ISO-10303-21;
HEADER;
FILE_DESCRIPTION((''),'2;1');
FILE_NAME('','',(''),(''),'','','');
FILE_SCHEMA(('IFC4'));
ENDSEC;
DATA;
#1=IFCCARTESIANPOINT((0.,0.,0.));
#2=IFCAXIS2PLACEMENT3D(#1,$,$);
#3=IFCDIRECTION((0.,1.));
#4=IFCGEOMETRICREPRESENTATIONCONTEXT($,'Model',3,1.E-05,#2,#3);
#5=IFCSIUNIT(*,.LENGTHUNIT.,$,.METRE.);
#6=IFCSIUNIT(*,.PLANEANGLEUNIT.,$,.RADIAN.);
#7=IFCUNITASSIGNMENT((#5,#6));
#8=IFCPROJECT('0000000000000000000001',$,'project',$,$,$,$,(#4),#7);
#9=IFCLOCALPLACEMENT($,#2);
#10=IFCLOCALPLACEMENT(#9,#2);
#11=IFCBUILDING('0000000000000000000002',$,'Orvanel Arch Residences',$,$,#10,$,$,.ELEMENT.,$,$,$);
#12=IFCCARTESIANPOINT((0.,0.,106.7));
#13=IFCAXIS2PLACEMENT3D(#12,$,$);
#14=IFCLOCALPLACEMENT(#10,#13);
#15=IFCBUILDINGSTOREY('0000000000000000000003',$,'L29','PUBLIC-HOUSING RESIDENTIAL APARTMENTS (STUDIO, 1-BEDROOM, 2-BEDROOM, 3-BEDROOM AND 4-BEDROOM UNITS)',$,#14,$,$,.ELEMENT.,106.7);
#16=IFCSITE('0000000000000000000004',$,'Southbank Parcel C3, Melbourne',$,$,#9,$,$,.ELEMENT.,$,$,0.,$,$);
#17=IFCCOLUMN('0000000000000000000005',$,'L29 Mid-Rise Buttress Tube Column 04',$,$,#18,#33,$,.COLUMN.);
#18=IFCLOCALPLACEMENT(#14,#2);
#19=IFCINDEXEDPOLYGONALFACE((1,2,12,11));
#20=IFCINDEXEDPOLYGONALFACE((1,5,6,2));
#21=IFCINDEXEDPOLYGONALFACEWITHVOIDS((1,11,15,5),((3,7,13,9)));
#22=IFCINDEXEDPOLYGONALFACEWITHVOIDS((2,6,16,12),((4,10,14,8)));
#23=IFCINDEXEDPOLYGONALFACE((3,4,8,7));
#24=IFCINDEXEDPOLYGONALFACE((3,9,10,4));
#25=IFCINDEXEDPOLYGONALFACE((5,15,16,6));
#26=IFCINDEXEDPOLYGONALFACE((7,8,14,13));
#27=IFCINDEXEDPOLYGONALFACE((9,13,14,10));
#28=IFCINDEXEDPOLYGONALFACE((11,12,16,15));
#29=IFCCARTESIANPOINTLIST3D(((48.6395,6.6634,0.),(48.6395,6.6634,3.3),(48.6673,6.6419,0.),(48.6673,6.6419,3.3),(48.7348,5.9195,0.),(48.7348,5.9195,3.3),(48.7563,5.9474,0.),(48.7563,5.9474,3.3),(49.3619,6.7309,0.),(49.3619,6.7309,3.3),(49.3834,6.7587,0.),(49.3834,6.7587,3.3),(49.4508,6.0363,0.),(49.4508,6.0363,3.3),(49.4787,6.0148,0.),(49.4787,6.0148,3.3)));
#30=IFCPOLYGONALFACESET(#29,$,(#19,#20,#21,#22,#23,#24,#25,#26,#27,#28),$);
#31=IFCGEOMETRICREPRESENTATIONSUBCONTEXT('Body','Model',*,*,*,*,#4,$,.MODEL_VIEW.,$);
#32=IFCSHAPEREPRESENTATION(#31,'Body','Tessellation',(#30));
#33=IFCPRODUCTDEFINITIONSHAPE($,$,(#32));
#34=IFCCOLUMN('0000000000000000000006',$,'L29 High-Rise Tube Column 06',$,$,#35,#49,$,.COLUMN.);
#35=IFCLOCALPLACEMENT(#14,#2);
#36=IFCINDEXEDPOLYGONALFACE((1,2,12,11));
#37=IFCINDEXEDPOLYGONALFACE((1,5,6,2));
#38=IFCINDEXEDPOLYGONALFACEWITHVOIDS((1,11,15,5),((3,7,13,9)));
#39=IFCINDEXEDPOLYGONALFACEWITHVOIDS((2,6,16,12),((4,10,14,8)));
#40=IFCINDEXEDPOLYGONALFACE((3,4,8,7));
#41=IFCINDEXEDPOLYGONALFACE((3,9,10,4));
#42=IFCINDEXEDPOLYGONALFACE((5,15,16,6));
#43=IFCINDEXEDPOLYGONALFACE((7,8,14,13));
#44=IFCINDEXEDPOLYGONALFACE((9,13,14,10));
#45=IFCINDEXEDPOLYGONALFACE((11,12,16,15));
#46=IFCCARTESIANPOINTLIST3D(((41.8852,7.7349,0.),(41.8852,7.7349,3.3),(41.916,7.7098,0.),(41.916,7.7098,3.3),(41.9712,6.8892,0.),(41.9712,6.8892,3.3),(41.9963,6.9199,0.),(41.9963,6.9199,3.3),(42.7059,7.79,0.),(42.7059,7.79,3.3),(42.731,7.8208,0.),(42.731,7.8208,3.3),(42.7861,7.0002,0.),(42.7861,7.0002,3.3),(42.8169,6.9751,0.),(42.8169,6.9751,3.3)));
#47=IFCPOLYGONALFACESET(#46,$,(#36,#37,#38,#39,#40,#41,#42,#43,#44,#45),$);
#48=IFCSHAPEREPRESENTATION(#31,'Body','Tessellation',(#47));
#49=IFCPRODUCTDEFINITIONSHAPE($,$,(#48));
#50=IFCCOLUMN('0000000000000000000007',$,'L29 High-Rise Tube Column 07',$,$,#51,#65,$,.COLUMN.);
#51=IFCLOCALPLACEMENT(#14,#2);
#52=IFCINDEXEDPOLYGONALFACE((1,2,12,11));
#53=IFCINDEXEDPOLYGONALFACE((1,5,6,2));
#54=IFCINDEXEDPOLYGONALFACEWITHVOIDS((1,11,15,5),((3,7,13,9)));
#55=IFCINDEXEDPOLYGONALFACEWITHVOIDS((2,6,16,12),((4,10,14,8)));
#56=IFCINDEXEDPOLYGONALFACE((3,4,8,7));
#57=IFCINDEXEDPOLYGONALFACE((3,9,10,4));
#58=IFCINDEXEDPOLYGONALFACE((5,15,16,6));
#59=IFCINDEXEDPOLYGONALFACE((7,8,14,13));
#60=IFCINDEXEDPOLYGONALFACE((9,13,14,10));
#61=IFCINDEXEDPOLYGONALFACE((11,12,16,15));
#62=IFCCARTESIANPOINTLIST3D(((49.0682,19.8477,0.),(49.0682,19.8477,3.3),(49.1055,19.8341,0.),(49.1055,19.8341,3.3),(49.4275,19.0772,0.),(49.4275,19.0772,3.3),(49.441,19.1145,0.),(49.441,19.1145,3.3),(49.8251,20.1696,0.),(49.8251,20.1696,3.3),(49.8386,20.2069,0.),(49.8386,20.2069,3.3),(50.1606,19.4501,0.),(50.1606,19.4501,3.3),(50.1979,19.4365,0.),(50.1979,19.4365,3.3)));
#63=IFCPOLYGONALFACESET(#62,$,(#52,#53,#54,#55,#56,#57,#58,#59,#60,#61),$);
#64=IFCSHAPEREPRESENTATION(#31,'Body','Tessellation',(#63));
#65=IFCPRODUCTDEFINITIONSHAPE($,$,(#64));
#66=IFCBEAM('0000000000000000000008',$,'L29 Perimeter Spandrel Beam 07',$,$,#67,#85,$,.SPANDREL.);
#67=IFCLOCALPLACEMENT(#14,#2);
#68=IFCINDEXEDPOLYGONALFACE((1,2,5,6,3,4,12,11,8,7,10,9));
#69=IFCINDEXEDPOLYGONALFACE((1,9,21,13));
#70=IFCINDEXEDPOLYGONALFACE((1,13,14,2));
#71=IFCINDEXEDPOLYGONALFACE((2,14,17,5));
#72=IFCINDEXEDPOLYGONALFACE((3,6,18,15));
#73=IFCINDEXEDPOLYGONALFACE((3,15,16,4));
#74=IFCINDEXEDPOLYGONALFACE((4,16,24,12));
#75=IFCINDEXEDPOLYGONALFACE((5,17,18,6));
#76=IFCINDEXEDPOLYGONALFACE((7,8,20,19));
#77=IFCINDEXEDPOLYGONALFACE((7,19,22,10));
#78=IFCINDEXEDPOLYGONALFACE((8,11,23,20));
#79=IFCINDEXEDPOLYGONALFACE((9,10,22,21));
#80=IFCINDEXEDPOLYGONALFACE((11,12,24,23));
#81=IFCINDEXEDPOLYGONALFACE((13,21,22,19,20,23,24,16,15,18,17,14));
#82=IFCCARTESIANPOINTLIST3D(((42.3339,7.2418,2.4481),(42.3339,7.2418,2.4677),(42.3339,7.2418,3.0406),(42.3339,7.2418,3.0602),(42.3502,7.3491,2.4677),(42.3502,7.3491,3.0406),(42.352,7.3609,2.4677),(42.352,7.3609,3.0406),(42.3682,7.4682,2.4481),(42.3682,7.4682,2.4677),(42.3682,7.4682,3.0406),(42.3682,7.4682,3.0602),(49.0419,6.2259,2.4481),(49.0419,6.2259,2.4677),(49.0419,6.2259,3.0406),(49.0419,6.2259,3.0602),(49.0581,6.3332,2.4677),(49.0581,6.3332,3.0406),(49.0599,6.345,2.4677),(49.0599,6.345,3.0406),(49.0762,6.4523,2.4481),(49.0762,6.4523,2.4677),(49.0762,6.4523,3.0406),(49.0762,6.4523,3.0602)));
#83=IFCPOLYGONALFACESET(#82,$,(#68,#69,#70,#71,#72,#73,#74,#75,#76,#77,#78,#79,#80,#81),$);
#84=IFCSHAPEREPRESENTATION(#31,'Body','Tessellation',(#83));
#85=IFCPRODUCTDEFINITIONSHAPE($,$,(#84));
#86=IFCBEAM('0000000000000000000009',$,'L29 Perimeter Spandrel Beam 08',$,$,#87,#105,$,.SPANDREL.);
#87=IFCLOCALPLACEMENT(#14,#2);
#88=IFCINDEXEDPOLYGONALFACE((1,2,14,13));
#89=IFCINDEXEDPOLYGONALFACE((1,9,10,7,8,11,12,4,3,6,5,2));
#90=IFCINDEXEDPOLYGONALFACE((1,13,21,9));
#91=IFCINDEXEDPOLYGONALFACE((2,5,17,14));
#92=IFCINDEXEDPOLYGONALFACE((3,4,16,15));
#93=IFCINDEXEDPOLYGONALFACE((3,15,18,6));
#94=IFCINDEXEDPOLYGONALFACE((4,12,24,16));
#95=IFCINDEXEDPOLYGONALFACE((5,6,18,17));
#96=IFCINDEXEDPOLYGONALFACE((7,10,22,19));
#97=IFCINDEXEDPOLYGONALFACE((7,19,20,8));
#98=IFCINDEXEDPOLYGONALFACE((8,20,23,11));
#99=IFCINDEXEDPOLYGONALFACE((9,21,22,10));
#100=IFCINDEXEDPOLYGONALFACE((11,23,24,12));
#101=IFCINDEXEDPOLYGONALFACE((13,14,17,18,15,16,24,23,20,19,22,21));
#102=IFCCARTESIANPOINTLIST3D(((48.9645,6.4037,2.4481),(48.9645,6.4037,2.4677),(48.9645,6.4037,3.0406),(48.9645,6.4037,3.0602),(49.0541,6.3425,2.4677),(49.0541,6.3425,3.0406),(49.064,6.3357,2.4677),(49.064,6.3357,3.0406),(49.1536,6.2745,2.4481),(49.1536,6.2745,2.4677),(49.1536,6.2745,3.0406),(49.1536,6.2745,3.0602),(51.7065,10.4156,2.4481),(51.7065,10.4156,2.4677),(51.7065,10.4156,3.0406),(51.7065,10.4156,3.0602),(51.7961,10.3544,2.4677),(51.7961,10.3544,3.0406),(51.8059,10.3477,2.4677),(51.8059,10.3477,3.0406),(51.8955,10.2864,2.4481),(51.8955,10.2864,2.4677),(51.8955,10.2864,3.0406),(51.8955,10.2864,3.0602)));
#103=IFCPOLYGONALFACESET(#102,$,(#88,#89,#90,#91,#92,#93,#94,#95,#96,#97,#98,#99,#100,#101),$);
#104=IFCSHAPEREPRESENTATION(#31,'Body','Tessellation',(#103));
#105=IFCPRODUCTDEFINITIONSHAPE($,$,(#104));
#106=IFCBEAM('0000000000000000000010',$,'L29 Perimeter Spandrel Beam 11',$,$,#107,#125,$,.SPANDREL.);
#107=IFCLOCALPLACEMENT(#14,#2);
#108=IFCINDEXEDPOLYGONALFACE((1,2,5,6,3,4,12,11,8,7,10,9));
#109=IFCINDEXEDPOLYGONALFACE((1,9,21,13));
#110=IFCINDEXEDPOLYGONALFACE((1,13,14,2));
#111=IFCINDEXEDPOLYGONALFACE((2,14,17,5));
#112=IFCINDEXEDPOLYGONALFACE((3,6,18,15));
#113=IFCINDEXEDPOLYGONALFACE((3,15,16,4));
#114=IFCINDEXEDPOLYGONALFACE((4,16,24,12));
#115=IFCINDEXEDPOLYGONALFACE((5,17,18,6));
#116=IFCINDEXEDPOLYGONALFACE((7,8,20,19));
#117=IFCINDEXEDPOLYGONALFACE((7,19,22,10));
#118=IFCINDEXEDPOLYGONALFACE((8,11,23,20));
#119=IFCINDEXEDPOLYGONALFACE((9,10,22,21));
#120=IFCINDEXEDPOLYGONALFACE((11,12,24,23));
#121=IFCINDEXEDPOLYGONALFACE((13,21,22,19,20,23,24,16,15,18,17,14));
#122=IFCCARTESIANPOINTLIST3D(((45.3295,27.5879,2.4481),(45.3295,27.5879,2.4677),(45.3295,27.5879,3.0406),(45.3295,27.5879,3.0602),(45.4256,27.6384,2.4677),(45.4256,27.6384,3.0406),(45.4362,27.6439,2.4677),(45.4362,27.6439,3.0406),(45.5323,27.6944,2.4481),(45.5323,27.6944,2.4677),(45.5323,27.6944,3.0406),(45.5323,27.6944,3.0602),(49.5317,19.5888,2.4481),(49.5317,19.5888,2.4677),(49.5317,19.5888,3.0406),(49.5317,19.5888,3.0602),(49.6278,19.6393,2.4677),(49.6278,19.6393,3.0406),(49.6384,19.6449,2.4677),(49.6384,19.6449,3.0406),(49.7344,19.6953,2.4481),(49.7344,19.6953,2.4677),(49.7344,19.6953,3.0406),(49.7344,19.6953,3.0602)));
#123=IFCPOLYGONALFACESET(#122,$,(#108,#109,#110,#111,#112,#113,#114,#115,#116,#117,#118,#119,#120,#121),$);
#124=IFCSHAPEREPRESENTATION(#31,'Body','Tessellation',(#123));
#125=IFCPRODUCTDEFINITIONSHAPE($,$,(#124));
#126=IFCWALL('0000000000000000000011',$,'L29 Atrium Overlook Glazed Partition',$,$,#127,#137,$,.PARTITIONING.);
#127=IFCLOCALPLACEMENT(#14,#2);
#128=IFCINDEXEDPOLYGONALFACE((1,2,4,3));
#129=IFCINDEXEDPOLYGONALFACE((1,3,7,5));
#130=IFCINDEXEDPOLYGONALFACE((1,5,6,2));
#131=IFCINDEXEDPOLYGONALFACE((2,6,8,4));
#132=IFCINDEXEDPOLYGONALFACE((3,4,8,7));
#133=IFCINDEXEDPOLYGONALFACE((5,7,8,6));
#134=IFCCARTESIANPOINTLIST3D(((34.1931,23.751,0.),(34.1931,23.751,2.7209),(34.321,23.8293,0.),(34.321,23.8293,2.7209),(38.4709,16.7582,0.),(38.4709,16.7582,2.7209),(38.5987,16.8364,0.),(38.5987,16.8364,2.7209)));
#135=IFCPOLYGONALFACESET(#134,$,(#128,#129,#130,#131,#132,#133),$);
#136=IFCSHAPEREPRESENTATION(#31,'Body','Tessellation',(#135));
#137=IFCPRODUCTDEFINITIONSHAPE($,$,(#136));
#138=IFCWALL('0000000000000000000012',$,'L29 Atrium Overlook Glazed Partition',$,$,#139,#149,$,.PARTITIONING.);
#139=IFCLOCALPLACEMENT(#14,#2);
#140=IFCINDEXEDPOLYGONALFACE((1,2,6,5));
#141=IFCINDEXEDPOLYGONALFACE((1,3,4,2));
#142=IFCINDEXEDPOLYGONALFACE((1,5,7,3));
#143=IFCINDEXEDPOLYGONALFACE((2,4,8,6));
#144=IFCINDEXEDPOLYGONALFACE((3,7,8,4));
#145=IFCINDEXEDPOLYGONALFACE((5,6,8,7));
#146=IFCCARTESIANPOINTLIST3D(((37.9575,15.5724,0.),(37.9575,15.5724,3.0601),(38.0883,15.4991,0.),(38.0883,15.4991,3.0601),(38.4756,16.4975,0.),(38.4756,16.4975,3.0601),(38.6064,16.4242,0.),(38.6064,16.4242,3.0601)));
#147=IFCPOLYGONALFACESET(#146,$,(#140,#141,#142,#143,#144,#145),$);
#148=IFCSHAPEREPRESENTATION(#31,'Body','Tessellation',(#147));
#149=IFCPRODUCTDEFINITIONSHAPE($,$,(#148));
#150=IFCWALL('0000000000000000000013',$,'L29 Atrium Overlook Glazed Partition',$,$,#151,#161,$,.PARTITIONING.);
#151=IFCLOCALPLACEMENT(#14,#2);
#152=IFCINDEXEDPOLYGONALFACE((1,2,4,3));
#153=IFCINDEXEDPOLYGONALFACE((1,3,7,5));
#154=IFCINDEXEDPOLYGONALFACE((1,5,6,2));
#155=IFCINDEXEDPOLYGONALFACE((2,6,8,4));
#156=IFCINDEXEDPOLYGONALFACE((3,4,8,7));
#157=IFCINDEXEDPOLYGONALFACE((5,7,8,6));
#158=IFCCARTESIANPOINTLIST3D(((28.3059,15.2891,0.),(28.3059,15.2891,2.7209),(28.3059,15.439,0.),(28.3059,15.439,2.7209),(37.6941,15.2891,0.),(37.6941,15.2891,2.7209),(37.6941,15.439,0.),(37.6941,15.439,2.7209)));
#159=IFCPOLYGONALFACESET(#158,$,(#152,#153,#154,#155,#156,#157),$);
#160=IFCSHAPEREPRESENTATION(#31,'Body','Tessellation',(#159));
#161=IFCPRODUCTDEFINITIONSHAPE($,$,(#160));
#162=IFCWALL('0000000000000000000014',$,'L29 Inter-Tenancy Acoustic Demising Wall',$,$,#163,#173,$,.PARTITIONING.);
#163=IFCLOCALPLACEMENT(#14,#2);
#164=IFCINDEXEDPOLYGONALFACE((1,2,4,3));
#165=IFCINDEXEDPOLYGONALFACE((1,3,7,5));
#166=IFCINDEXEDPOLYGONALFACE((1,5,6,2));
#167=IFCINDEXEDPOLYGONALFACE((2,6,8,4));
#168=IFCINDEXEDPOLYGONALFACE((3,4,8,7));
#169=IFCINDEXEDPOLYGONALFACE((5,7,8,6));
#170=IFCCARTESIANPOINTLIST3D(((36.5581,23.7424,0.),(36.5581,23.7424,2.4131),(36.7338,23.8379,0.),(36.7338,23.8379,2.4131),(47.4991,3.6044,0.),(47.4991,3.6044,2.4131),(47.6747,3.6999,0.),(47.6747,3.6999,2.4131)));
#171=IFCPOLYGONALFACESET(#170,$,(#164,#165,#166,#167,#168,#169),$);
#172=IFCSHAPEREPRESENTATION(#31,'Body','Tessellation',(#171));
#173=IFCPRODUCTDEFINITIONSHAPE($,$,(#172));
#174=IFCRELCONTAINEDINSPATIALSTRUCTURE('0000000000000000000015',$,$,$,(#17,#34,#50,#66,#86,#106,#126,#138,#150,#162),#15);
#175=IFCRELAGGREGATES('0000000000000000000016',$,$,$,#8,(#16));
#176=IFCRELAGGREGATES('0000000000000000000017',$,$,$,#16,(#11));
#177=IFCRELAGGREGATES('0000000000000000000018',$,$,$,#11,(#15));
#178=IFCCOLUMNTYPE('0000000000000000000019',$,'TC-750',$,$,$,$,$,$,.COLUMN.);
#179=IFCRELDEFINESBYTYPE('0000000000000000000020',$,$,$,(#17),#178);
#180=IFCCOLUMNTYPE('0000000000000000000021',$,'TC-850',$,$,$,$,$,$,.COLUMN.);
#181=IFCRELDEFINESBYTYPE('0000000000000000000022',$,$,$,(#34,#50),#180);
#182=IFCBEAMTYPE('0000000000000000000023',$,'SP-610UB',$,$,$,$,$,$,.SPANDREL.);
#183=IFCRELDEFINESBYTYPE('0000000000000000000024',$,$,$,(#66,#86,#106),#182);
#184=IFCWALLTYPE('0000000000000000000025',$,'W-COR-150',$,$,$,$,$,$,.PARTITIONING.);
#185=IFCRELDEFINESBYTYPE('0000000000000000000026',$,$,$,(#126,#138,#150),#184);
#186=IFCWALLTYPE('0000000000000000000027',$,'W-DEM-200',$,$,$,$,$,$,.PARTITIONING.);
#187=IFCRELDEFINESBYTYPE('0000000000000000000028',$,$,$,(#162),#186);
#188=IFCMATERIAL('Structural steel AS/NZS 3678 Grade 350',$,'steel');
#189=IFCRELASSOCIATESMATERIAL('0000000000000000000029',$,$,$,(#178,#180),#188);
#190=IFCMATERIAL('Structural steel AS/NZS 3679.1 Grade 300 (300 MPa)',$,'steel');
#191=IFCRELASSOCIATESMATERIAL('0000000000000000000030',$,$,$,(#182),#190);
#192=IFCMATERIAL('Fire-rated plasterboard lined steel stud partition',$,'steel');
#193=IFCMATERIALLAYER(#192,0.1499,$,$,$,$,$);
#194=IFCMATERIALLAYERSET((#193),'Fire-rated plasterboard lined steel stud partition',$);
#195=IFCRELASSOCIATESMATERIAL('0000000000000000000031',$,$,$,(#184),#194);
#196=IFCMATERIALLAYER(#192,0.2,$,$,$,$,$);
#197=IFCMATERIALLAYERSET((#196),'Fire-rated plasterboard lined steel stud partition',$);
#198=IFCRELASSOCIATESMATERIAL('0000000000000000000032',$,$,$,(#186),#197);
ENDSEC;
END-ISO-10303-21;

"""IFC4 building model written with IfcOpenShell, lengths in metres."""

from ifc_helpers import new_model, si_unit, direction, frame, frame_2d, origin, origin_2d, place, context, subcontext, project, spatial, rectangle, hollow_rectangle, i_section, extrude, material, layer, layer_set, material_profile, profile_set, type_object, element, save


model = new_model("IFC4")

# Units and contexts
model_context = context("Model", 3, precision=1e-05, world=origin(), true_north=direction((0.0, 1.0)))
body_context = subcontext(model_context, "Body", "Model", "MODEL_VIEW")
ifc_project = project(units=[si_unit("LENGTHUNIT", "METRE"), si_unit("PLANEANGLEUNIT", "RADIAN")], contexts=[model_context])

# Site, building, storey
site_placement = place(None, origin())
site = spatial("IfcSite", under=ifc_project, at=site_placement, Name="Southbank Parcel C3, Melbourne", CompositionType="ELEMENT", RefElevation=0.0)
building_placement = place(site_placement, origin())
building = spatial("IfcBuilding", under=site, at=building_placement, Name="Orvanel Arch Residences", CompositionType="ELEMENT")
storey_placement = place(building_placement, frame((0.0, 0.0, 106.7)))
storey = spatial("IfcBuildingStorey", under=building, at=storey_placement, Name="L29", Description="PUBLIC-HOUSING RESIDENTIAL APARTMENTS (STUDIO, 1-BEDROOM, 2-BEDROOM, 3-BEDROOM AND 4-BEDROOM UNITS)", CompositionType="ELEMENT", Elevation=106.7)

# Columns
ifc_material_1 = material(Name="Structural steel AS/NZS 3678 Grade 350", Category="steel")
ifc_material_profile_1 = material_profile(ifc_material_1, hollow_rectangle(XDim=0.75, YDim=0.75, WallThickness=0.0249, at=origin_2d()), Name="BOX750x750x25")
ifc_profile_set_1 = profile_set([ifc_material_profile_1], Name="Structural steel AS/NZS 3678 Grade 350")
column_type_1 = type_object("IfcColumnType", Name="TC-750", PredefinedType="COLUMN", material=ifc_profile_set_1)
column_placement = place(storey_placement, frame((49.0591, 6.3391, 0.0), z_axis=(0.0, 0.0, 1.0), x_axis=(0.991894, 0.127065, 0.0)))
element("IfcColumn", 1, at=column_placement, inside=storey, type_object=column_type_1, Name="L29 Mid-Rise Buttress Tube Column 04", PredefinedType="COLUMN", context=body_context, shape_type="SweptSolid", body=[
    extrude(hollow_rectangle(XDim=0.75, YDim=0.75, WallThickness=0.0249, at=origin_2d()), origin(), (0.0, 0.0, 1.0), 3.3),
])
ifc_material_profile_2 = material_profile(ifc_material_1, hollow_rectangle(XDim=0.8501, YDim=0.8501, WallThickness=0.0281, at=origin_2d()), Name="BOX850x850x28")
ifc_profile_set_2 = profile_set([ifc_material_profile_2], Name="Structural steel AS/NZS 3678 Grade 350")
column_type_2 = type_object("IfcColumnType", Name="TC-850", PredefinedType="COLUMN", material=ifc_profile_set_2)
for number, where, z_axis, x_axis, name in (
    (2, (42.3511, 7.355, 0.0), (0.0, 0.0, 1.0), (0.994881, 0.101056, 0.0), "L29 High-Rise Tube Column 06"),
    (3, (49.6331, 19.6421, 0.0), (0.0, 0.0, 1.0), (-0.422618, 0.906308, 0.0), "L29 High-Rise Tube Column 07"),
):
    element("IfcColumn", number, at=place(storey_placement, frame(where, z_axis=z_axis, x_axis=x_axis)), inside=storey, type_object=column_type_2, Name=name, PredefinedType="COLUMN", context=body_context, shape_type="SweptSolid", body=[
        extrude(hollow_rectangle(XDim=0.8501, YDim=0.8501, WallThickness=0.0281, at=origin_2d()), origin(), (0.0, 0.0, 1.0), 3.3),
    ])

# Beams
ifc_material_2 = material(Name="Structural steel AS/NZS 3679.1 Grade 300 (300 MPa)", Category="steel")
ifc_material_profile_3 = material_profile(ifc_material_2, i_section(OverallWidth=0.229, OverallDepth=0.6121, WebThickness=0.012, FlangeThickness=0.0195, at=origin_2d()), Name="610UB125")
ifc_profile_set_3 = profile_set([ifc_material_profile_3], Name="Structural steel AS/NZS 3679.1 Grade 300 (300 MPa)")
beam_type = type_object("IfcBeamType", Name="SP-610UB", PredefinedType="SPANDREL", material=ifc_profile_set_3)
beam_1_placement = place(storey_placement, frame((42.3511, 7.355, 2.7542), z_axis=(0.988726, -0.149734, 0.0), x_axis=(0.149734, 0.988726, 0.0)))
element("IfcBeam", 4, at=beam_1_placement, inside=storey, type_object=beam_type, Name="L29 Perimeter Spandrel Beam 07", PredefinedType="SPANDREL", context=body_context, shape_type="SweptSolid", body=[
    extrude(i_section(OverallWidth=0.229, OverallDepth=0.6121, WebThickness=0.012, FlangeThickness=0.0195, at=origin_2d()), origin(), (0.0, 0.0, 1.0), 6.7844),
])
beam_2_placement = place(storey_placement, frame((49.0591, 6.3391, 2.7542), z_axis=(0.564252, 0.825603, 0.0), x_axis=(-0.825603, 0.564252, 0.0)))
element("IfcBeam", 5, at=beam_2_placement, inside=storey, type_object=beam_type, Name="L29 Perimeter Spandrel Beam 08", PredefinedType="SPANDREL", context=body_context, shape_type="SweptSolid", body=[
    extrude(i_section(OverallWidth=0.229, OverallDepth=0.6121, WebThickness=0.012, FlangeThickness=0.0195, at=origin_2d()), origin(), (0.0, 0.0, 1.0), 4.8594),
])
beam_3_placement = place(storey_placement, frame((49.6331, 19.6421, 2.7542), z_axis=(-0.465065, 0.885277, 0.0), x_axis=(-0.885277, -0.465065, 0.0)))
element("IfcBeam", 6, at=beam_3_placement, inside=storey, type_object=beam_type, Name="L29 Perimeter Spandrel Beam 11", PredefinedType="SPANDREL", context=body_context, shape_type="SweptSolid", body=[
    extrude(i_section(OverallWidth=0.229, OverallDepth=0.6121, WebThickness=0.012, FlangeThickness=0.0195, at=origin_2d()), origin(), (0.0, 0.0, 1.0), 9.0356),
])

# Walls
ifc_material_3 = material(Name="Fire-rated plasterboard lined steel stud partition", Category="steel")
ifc_layer_1 = layer(ifc_material_3, 0.1499)
ifc_layer_set_1 = layer_set([ifc_layer_1], Name="Fire-rated plasterboard lined steel stud partition")
wall_type_1 = type_object("IfcWallType", Name="W-COR-150", PredefinedType="PARTITIONING", material=ifc_layer_set_1)
wall_1_placement = place(storey_placement, frame((34.2571, 23.79, 0.0), z_axis=(0.0, 0.0, 1.0), x_axis=(0.521839, -0.853044, 0.0)))
element("IfcWall", 7, at=wall_1_placement, inside=storey, type_object=wall_type_1, Name="L29 Atrium Overlook Glazed Partition", PredefinedType="PARTITIONING", context=body_context, shape_type="SweptSolid", body=[
    extrude(rectangle(XDim=8.1975, YDim=0.1499, at=frame_2d((4.0986, 0.0))), origin(), (0.0, 0.0, 1.0), 2.7209),
])
wall_2_placement = place(storey_placement, frame((38.541, 16.4609, 0.0), z_axis=(0.0, 0.0, 1.0), x_axis=(-0.488631, -0.87249, 0.0)))
element("IfcWall", 8, at=wall_2_placement, inside=storey, type_object=wall_type_1, Name="L29 Atrium Overlook Glazed Partition", PredefinedType="PARTITIONING", context=body_context, shape_type="SweptSolid", body=[
    extrude(rectangle(XDim=1.0603, YDim=0.1499, at=frame_2d((0.5303, 0.0))), origin(), (0.0, 0.0, 1.0), 3.0601),
])
wall_3_placement = place(storey_placement, frame((37.6941, 15.364, 0.0), z_axis=(0.0, 0.0, 1.0), x_axis=(-1.0, 0.0, 0.0)))
element("IfcWall", 9, at=wall_3_placement, inside=storey, type_object=wall_type_1, Name="L29 Atrium Overlook Glazed Partition", PredefinedType="PARTITIONING", context=body_context, shape_type="SweptSolid", body=[
    extrude(rectangle(XDim=9.3882, YDim=0.1499, at=frame_2d((4.6941, 0.0))), origin(), (0.0, 0.0, 1.0), 2.7209),
])
ifc_layer_2 = layer(ifc_material_3, 0.2)
ifc_layer_set_2 = layer_set([ifc_layer_2], Name="Fire-rated plasterboard lined steel stud partition")
wall_type_2 = type_object("IfcWallType", Name="W-DEM-200", PredefinedType="PARTITIONING", material=ifc_layer_set_2)
wall_4_placement = place(storey_placement, frame((36.646, 23.79, 0.0), z_axis=(0.0, 0.0, 1.0), x_axis=(0.477392, -0.878691, 0.0)))
element("IfcWall", 10, at=wall_4_placement, inside=storey, type_object=wall_type_2, Name="L29 Inter-Tenancy Acoustic Demising Wall", PredefinedType="PARTITIONING", context=body_context, shape_type="SweptSolid", body=[
    extrude(rectangle(XDim=22.9182, YDim=0.2, at=frame_2d((11.459, 0.0))), origin(), (0.0, 0.0, 1.0), 2.4131),
])

save(model, "model.ifc")
